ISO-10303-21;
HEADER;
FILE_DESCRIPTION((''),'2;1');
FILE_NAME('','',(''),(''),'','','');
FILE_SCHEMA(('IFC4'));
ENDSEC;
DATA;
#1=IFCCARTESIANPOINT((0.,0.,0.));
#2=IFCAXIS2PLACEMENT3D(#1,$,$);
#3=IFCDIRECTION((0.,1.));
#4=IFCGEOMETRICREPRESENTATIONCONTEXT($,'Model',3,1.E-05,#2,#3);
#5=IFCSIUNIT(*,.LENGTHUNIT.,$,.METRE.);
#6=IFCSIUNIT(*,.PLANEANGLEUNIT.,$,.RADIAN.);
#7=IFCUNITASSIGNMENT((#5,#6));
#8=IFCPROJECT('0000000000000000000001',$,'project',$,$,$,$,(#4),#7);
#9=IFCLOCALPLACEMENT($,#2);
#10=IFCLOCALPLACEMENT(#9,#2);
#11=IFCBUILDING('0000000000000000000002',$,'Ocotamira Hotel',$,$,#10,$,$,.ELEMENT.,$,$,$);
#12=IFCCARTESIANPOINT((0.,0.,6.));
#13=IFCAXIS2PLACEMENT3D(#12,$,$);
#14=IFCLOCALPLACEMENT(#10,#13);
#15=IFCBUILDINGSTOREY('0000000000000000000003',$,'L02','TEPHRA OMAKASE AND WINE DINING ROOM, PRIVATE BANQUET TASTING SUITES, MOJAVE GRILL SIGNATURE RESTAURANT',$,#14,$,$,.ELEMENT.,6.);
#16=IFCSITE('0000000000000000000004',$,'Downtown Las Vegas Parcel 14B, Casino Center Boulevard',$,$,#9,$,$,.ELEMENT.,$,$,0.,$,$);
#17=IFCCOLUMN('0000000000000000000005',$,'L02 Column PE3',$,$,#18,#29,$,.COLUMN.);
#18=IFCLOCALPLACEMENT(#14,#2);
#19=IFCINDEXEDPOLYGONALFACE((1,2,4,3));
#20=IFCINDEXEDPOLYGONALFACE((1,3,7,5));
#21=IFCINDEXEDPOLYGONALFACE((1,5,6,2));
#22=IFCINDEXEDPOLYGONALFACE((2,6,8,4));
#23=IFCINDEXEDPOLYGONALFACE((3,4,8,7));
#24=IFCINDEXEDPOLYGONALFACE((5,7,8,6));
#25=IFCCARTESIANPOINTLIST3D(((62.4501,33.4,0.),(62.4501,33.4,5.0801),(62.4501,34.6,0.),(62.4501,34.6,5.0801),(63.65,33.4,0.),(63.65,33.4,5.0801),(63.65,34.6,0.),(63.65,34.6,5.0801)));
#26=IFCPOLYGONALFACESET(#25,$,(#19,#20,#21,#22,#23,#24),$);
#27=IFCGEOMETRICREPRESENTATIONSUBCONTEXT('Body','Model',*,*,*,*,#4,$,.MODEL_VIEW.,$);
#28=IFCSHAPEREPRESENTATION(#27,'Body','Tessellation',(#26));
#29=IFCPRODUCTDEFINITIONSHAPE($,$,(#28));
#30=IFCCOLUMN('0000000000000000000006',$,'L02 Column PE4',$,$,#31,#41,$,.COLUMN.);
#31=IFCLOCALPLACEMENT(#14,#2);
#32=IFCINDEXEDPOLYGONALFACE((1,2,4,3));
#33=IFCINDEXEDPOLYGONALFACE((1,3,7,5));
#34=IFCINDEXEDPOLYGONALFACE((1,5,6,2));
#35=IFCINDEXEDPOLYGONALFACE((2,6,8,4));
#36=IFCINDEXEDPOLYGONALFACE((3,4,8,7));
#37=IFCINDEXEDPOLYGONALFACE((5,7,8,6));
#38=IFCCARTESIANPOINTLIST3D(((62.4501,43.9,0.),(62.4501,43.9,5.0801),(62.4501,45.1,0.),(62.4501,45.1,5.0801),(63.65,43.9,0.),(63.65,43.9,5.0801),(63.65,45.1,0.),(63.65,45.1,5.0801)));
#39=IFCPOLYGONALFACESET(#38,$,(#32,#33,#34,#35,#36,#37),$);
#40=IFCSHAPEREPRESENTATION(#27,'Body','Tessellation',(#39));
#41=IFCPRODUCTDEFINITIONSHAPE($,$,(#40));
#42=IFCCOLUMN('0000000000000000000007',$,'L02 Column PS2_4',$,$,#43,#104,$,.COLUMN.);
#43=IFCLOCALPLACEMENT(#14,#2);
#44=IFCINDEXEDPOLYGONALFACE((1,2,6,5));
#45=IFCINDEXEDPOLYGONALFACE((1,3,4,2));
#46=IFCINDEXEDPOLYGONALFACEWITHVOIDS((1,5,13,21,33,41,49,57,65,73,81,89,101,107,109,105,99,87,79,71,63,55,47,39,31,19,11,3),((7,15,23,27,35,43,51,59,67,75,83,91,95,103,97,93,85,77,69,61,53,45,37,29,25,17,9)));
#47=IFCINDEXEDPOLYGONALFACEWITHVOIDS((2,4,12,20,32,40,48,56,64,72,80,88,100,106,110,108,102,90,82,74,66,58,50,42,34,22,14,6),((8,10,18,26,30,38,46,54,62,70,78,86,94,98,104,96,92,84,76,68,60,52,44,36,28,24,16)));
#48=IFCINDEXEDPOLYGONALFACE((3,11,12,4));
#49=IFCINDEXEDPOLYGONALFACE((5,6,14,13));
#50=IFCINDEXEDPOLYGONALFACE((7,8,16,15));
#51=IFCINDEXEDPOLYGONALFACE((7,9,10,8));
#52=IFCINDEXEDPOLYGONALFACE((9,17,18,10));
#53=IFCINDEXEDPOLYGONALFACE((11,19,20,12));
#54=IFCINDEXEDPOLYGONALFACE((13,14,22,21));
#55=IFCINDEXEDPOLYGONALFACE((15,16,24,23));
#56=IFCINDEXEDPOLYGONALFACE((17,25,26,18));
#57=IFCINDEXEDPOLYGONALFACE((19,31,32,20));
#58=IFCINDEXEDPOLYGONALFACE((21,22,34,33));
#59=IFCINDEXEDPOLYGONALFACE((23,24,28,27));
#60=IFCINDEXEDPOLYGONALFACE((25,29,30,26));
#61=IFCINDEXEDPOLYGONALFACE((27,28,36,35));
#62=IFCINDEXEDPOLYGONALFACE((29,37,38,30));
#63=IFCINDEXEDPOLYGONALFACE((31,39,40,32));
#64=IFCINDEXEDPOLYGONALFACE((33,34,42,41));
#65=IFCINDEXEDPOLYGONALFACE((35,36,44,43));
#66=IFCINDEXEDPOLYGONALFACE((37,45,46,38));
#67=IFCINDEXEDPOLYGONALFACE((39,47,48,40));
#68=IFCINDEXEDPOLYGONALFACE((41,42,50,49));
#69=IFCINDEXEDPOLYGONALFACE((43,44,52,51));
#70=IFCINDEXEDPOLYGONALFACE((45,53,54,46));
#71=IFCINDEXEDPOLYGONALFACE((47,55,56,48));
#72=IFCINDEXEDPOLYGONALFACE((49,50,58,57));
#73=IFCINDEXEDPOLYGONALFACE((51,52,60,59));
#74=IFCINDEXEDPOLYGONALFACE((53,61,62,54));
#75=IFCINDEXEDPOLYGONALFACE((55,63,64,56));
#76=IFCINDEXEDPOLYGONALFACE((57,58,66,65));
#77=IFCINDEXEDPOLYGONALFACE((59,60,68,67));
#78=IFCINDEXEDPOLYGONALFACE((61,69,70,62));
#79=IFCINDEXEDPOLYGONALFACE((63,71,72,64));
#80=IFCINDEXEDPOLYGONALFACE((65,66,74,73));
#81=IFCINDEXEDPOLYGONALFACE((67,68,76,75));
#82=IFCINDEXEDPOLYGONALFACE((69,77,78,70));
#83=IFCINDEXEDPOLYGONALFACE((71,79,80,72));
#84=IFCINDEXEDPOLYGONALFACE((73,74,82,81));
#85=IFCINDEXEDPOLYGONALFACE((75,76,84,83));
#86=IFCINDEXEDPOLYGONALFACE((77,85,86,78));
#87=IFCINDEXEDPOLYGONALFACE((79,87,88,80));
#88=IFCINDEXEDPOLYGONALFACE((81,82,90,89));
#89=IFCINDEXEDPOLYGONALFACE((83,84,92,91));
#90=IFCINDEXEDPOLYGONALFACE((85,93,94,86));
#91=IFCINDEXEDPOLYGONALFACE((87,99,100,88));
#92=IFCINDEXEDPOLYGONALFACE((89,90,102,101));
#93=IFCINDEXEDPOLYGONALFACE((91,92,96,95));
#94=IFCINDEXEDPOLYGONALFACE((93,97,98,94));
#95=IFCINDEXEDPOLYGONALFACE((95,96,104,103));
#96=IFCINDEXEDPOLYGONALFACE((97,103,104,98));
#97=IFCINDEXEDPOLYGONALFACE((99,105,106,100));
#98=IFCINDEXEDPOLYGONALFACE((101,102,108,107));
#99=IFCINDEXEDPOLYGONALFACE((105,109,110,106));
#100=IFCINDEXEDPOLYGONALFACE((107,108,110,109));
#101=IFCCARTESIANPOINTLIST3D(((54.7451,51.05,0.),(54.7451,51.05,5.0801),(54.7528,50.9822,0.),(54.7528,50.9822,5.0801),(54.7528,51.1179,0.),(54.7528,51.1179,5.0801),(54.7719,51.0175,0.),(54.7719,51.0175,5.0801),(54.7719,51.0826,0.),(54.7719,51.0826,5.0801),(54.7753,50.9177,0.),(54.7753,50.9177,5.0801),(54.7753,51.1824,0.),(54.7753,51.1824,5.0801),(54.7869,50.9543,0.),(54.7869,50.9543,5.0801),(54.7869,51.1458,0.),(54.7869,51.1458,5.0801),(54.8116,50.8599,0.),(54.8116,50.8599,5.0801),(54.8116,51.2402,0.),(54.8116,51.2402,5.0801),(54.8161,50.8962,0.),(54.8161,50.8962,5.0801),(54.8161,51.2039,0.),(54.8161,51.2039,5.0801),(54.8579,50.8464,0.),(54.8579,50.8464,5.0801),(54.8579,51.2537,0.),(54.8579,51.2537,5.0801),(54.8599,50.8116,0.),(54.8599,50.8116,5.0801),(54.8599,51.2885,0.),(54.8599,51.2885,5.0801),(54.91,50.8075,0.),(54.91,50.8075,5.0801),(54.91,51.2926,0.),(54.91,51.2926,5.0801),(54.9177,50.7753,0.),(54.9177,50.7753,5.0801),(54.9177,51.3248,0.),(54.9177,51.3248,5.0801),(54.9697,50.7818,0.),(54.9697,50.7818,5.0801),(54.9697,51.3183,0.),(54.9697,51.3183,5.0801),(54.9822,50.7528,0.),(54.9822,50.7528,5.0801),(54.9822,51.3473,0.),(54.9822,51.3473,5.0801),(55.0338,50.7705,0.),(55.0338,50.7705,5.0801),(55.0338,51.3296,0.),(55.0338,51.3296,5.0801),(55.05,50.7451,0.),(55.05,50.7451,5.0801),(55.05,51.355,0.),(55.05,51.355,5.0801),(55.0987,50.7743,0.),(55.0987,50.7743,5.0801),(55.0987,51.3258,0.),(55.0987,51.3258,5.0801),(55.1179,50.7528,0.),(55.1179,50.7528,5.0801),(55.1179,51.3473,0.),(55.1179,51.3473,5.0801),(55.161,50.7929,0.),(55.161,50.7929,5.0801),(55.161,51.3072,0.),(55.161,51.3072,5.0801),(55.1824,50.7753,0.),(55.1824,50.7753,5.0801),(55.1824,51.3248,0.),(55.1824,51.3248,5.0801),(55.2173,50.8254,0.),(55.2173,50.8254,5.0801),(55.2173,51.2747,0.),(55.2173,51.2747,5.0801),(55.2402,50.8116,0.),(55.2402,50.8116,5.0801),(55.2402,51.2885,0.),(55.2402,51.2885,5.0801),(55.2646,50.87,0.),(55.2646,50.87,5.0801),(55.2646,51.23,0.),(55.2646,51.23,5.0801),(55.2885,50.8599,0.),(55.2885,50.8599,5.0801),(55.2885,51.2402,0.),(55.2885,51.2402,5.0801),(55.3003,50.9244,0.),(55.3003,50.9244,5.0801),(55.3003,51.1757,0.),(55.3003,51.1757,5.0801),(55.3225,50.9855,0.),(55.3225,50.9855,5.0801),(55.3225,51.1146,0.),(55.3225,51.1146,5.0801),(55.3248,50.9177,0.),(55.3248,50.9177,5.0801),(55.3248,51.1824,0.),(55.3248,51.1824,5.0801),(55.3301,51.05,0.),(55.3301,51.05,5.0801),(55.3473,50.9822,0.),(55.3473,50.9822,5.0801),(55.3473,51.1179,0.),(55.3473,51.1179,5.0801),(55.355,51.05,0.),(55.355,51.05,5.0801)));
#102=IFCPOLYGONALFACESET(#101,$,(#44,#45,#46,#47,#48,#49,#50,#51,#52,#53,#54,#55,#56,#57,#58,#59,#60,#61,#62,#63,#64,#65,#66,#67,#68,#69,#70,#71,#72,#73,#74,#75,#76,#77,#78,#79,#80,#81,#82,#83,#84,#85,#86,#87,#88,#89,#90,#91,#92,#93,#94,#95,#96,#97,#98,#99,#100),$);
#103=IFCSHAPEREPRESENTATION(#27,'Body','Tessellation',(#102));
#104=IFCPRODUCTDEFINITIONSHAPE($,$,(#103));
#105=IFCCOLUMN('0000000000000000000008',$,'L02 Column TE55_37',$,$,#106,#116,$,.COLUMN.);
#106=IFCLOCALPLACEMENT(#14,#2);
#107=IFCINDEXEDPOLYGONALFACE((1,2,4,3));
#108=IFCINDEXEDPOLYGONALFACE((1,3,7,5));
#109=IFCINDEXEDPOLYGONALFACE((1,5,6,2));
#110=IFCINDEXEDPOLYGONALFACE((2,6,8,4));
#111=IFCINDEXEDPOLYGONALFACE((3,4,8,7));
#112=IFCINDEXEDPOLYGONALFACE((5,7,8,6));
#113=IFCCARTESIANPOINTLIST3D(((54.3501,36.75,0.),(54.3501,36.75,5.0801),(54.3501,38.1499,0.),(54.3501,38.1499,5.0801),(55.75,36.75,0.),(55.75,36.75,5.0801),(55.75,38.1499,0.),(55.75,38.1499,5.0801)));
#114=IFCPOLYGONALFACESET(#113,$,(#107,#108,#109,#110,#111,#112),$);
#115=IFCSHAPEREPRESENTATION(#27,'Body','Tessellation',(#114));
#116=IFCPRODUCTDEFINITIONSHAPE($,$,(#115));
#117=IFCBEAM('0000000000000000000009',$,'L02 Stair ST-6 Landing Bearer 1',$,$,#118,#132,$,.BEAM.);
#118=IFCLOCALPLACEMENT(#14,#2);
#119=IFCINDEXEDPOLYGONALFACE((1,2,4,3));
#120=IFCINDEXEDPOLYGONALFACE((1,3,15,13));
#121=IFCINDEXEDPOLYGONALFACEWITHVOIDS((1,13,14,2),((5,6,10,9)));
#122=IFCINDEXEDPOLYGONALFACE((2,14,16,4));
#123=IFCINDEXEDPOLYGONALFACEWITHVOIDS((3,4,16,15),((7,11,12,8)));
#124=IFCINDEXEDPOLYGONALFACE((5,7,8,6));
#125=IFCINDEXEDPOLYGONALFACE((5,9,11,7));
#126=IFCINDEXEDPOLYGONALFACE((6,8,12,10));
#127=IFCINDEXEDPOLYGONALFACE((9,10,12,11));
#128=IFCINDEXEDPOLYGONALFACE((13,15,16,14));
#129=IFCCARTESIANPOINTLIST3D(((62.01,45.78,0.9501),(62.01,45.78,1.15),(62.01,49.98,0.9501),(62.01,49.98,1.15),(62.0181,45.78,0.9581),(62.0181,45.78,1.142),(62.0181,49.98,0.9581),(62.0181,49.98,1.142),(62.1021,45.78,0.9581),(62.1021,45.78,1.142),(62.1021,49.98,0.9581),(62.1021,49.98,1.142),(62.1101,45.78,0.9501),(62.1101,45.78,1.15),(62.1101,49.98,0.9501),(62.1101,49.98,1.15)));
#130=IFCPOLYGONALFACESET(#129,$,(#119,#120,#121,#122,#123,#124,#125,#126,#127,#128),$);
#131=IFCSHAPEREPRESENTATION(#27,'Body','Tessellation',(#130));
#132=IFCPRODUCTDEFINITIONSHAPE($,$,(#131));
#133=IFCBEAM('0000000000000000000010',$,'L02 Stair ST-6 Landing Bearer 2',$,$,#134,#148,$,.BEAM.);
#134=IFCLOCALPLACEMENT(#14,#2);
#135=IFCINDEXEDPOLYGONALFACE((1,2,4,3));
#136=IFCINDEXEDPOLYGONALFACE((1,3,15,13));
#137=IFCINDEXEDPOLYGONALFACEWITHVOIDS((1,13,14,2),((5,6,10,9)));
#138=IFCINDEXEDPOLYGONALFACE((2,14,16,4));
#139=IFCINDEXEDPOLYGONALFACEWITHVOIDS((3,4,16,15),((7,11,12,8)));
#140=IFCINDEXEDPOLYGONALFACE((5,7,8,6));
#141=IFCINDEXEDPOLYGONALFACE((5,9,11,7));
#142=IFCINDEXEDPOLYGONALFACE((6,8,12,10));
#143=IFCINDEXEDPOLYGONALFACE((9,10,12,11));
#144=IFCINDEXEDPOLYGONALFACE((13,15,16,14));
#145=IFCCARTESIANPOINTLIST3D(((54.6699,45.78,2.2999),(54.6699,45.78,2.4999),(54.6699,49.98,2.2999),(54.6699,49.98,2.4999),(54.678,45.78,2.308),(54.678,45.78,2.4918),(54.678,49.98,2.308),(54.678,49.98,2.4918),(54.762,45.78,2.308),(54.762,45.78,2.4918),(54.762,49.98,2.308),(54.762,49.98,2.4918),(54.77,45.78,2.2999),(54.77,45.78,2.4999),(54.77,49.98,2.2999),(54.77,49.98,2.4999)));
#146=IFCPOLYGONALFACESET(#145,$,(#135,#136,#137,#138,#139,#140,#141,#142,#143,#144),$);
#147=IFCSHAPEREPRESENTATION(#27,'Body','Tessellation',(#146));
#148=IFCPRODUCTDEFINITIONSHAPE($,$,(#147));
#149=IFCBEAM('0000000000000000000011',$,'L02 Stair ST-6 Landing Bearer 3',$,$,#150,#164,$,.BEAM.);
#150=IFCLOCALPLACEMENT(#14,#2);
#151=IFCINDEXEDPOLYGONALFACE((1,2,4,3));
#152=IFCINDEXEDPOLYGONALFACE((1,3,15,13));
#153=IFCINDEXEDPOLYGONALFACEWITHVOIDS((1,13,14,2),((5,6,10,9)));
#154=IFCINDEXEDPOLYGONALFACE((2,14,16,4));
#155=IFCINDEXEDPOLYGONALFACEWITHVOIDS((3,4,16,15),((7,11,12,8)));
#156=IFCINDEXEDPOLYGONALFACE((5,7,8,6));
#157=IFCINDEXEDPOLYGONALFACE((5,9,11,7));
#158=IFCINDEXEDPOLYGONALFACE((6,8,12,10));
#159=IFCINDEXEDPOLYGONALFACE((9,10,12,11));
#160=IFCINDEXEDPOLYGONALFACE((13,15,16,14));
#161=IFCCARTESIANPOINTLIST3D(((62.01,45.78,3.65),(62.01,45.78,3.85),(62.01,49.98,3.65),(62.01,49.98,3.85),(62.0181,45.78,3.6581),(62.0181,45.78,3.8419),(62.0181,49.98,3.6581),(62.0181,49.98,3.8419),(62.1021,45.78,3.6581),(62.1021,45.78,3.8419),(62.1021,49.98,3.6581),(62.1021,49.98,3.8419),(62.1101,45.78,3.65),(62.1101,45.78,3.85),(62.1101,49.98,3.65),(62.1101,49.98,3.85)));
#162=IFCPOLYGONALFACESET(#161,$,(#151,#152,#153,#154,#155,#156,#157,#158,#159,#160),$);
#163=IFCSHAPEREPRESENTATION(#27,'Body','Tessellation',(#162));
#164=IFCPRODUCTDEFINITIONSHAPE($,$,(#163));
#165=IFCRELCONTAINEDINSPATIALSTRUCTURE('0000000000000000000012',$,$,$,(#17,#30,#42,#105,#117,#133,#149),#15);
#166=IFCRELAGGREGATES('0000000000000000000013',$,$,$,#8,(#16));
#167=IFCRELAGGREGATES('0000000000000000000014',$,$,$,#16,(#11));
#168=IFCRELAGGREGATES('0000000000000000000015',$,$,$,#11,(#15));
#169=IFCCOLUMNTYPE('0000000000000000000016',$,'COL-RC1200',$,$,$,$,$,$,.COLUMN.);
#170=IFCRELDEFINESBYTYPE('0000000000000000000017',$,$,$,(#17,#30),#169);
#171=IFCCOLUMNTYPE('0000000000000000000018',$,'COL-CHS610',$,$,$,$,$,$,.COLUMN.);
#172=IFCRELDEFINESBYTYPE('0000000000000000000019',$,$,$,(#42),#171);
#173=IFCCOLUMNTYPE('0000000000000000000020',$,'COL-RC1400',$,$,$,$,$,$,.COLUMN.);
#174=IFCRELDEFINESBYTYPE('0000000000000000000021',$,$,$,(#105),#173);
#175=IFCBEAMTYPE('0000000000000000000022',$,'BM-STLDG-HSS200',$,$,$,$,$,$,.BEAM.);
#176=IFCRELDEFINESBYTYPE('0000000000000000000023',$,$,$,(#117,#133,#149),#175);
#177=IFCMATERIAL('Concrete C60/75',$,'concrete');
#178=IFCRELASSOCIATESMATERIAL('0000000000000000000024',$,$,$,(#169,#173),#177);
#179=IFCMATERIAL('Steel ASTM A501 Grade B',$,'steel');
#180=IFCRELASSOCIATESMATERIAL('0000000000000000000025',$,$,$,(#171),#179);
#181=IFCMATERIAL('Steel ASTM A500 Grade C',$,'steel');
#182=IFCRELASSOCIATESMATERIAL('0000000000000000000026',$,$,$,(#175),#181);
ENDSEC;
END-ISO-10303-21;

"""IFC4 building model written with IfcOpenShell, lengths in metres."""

from ifc_helpers import new_model, si_unit, direction, frame, origin, origin_2d, place, context, subcontext, project, spatial, rectangle, hollow_rectangle, hollow_circle, extrude, source, transform, mapped, material, material_profile, profile_set, type_object, element, save


model = new_model("IFC4")

# Units and contexts
model_context = context("Model", 3, precision=1e-05, world=origin(), true_north=direction((0.0, 1.0)))
body_context = subcontext(model_context, "Body", "Model", "MODEL_VIEW")
ifc_project = project(units=[si_unit("LENGTHUNIT", "METRE"), si_unit("PLANEANGLEUNIT", "RADIAN")], contexts=[model_context])

# Site, building, storey
site_placement = place(None, origin())
site = spatial("IfcSite", under=ifc_project, at=site_placement, Name="Downtown Las Vegas Parcel 14B, Casino Center Boulevard", CompositionType="ELEMENT", RefElevation=0.0)
building_placement = place(site_placement, origin())
building = spatial("IfcBuilding", under=site, at=building_placement, Name="Ocotamira Hotel", CompositionType="ELEMENT")
storey_placement = place(building_placement, frame((0.0, 0.0, 6.0)))
storey = spatial("IfcBuildingStorey", under=building, at=storey_placement, Name="L02", Description="TEPHRA OMAKASE AND WINE DINING ROOM, PRIVATE BANQUET TASTING SUITES, MOJAVE GRILL SIGNATURE RESTAURANT", CompositionType="ELEMENT", Elevation=6.0)

# Columns
ifc_material_1 = material(Name="Concrete C60/75", Category="concrete")
ifc_material_profile_1 = material_profile(ifc_material_1, rectangle(XDim=1.2, YDim=1.2, at=origin_2d()), Name="RC1200X1200")
ifc_profile_set_1 = profile_set([ifc_material_profile_1], Name="Concrete C60/75")
column_type_1 = type_object("IfcColumnType", Name="COL-RC1200", PredefinedType="COLUMN", material=ifc_profile_set_1)
shared_shape_1 = source(origin(), body_context, "Body", "SweptSolid", [
    extrude(rectangle(XDim=1.2, YDim=1.2, at=origin_2d()), origin(), (0.0, 0.0, 1.0), 5.0801),
])
for number, where, z_axis, x_axis, name in (
    (1, (63.05, 34.0, 0.0), (0.0, 0.0, 1.0), (1.0, 0.0, 0.0), "L02 Column PE3"),
    (2, (63.05, 44.5, 0.0), (0.0, 0.0, 1.0), (1.0, 0.0, 0.0), "L02 Column PE4"),
):
    element("IfcColumn", number, at=place(storey_placement, frame(where, z_axis=z_axis, x_axis=x_axis)), inside=storey, type_object=column_type_1, Name=name, PredefinedType="COLUMN", context=body_context, shape_type="MappedRepresentation", body=[
        mapped(shared_shape_1, transform((0.0, 0.0, 0.0), scale=1.0)),
    ])
ifc_material_2 = material(Name="Steel ASTM A501 Grade B", Category="steel")
ifc_material_profile_2 = material_profile(ifc_material_2, hollow_circle(Radius=0.3049, WallThickness=0.0249, at=origin_2d()), Name="CHS610X25")
ifc_profile_set_2 = profile_set([ifc_material_profile_2], Name="Steel ASTM A501 Grade B")
column_type_2 = type_object("IfcColumnType", Name="COL-CHS610", PredefinedType="COLUMN", material=ifc_profile_set_2)
shared_shape_2 = source(origin(), body_context, "Body", "SweptSolid", [
    extrude(hollow_circle(Radius=0.3049, WallThickness=0.0249, at=origin_2d()), origin(), (0.0, 0.0, 1.0), 5.0801),
])
column_1_placement = place(storey_placement, frame((55.05, 51.05, 0.0), z_axis=(0.0, 0.0, 1.0), x_axis=(1.0, 0.0, 0.0)))
element("IfcColumn", 3, at=column_1_placement, inside=storey, type_object=column_type_2, Name="L02 Column PS2_4", PredefinedType="COLUMN", context=body_context, shape_type="MappedRepresentation", body=[
    mapped(shared_shape_2, transform((0.0, 0.0, 0.0), scale=1.0)),
])
ifc_material_profile_3 = material_profile(ifc_material_1, rectangle(XDim=1.3999, YDim=1.3999, at=origin_2d()), Name="RC1400X1400")
ifc_profile_set_3 = profile_set([ifc_material_profile_3], Name="Concrete C60/75")
column_type_3 = type_object("IfcColumnType", Name="COL-RC1400", PredefinedType="COLUMN", material=ifc_profile_set_3)
shared_shape_3 = source(origin(), body_context, "Body", "SweptSolid", [
    extrude(rectangle(XDim=1.3999, YDim=1.3999, at=origin_2d()), origin(), (0.0, 0.0, 1.0), 5.0801),
])
column_2_placement = place(storey_placement, frame((55.05, 37.45, 0.0), z_axis=(0.0, 0.0, 1.0), x_axis=(1.0, 0.0, 0.0)))
element("IfcColumn", 4, at=column_2_placement, inside=storey, type_object=column_type_3, Name="L02 Column TE55_37", PredefinedType="COLUMN", context=body_context, shape_type="MappedRepresentation", body=[
    mapped(shared_shape_3, transform((0.0, 0.0, 0.0), scale=1.0)),
])

# Beams
ifc_material_3 = material(Name="Steel ASTM A500 Grade C", Category="steel")
ifc_material_profile_4 = material_profile(ifc_material_3, hollow_rectangle(XDim=0.1001, YDim=0.2, WallThickness=0.0081, at=origin_2d()), Name="HSS200X100X8")
ifc_profile_set_4 = profile_set([ifc_material_profile_4], Name="Steel ASTM A500 Grade C")
beam_type_1 = type_object("IfcBeamType", Name="BM-STLDG-HSS200", PredefinedType="BEAM", material=ifc_profile_set_4)
shared_shape_4 = source(origin(), body_context, "Body", "SweptSolid", [
    extrude(hollow_rectangle(XDim=0.1001, YDim=0.2, WallThickness=0.0081, at=origin_2d()), origin(), (0.0, 0.0, 1.0), 4.2),
])
for number, where, z_axis, x_axis, name in (
    (5, (62.0601, 45.78, 1.05), (0.0, 1.0, 0.0), (-1.0, 0.0, 0.0), "L02 Stair ST-6 Landing Bearer 1"),
    (6, (54.72, 45.78, 2.3999), (0.0, 1.0, 0.0), (-1.0, 0.0, 0.0), "L02 Stair ST-6 Landing Bearer 2"),
    (7, (62.0601, 45.78, 3.75), (0.0, 1.0, 0.0), (-1.0, 0.0, 0.0), "L02 Stair ST-6 Landing Bearer 3"),
):
    element("IfcBeam", number, at=place(storey_placement, frame(where, z_axis=z_axis, x_axis=x_axis)), inside=storey, type_object=beam_type_1, Name=name, PredefinedType="BEAM", context=body_context, shape_type="MappedRepresentation", body=[
        mapped(shared_shape_4, transform((0.0, 0.0, 0.0), scale=1.0)),
    ])

save(model, "model.ifc")
